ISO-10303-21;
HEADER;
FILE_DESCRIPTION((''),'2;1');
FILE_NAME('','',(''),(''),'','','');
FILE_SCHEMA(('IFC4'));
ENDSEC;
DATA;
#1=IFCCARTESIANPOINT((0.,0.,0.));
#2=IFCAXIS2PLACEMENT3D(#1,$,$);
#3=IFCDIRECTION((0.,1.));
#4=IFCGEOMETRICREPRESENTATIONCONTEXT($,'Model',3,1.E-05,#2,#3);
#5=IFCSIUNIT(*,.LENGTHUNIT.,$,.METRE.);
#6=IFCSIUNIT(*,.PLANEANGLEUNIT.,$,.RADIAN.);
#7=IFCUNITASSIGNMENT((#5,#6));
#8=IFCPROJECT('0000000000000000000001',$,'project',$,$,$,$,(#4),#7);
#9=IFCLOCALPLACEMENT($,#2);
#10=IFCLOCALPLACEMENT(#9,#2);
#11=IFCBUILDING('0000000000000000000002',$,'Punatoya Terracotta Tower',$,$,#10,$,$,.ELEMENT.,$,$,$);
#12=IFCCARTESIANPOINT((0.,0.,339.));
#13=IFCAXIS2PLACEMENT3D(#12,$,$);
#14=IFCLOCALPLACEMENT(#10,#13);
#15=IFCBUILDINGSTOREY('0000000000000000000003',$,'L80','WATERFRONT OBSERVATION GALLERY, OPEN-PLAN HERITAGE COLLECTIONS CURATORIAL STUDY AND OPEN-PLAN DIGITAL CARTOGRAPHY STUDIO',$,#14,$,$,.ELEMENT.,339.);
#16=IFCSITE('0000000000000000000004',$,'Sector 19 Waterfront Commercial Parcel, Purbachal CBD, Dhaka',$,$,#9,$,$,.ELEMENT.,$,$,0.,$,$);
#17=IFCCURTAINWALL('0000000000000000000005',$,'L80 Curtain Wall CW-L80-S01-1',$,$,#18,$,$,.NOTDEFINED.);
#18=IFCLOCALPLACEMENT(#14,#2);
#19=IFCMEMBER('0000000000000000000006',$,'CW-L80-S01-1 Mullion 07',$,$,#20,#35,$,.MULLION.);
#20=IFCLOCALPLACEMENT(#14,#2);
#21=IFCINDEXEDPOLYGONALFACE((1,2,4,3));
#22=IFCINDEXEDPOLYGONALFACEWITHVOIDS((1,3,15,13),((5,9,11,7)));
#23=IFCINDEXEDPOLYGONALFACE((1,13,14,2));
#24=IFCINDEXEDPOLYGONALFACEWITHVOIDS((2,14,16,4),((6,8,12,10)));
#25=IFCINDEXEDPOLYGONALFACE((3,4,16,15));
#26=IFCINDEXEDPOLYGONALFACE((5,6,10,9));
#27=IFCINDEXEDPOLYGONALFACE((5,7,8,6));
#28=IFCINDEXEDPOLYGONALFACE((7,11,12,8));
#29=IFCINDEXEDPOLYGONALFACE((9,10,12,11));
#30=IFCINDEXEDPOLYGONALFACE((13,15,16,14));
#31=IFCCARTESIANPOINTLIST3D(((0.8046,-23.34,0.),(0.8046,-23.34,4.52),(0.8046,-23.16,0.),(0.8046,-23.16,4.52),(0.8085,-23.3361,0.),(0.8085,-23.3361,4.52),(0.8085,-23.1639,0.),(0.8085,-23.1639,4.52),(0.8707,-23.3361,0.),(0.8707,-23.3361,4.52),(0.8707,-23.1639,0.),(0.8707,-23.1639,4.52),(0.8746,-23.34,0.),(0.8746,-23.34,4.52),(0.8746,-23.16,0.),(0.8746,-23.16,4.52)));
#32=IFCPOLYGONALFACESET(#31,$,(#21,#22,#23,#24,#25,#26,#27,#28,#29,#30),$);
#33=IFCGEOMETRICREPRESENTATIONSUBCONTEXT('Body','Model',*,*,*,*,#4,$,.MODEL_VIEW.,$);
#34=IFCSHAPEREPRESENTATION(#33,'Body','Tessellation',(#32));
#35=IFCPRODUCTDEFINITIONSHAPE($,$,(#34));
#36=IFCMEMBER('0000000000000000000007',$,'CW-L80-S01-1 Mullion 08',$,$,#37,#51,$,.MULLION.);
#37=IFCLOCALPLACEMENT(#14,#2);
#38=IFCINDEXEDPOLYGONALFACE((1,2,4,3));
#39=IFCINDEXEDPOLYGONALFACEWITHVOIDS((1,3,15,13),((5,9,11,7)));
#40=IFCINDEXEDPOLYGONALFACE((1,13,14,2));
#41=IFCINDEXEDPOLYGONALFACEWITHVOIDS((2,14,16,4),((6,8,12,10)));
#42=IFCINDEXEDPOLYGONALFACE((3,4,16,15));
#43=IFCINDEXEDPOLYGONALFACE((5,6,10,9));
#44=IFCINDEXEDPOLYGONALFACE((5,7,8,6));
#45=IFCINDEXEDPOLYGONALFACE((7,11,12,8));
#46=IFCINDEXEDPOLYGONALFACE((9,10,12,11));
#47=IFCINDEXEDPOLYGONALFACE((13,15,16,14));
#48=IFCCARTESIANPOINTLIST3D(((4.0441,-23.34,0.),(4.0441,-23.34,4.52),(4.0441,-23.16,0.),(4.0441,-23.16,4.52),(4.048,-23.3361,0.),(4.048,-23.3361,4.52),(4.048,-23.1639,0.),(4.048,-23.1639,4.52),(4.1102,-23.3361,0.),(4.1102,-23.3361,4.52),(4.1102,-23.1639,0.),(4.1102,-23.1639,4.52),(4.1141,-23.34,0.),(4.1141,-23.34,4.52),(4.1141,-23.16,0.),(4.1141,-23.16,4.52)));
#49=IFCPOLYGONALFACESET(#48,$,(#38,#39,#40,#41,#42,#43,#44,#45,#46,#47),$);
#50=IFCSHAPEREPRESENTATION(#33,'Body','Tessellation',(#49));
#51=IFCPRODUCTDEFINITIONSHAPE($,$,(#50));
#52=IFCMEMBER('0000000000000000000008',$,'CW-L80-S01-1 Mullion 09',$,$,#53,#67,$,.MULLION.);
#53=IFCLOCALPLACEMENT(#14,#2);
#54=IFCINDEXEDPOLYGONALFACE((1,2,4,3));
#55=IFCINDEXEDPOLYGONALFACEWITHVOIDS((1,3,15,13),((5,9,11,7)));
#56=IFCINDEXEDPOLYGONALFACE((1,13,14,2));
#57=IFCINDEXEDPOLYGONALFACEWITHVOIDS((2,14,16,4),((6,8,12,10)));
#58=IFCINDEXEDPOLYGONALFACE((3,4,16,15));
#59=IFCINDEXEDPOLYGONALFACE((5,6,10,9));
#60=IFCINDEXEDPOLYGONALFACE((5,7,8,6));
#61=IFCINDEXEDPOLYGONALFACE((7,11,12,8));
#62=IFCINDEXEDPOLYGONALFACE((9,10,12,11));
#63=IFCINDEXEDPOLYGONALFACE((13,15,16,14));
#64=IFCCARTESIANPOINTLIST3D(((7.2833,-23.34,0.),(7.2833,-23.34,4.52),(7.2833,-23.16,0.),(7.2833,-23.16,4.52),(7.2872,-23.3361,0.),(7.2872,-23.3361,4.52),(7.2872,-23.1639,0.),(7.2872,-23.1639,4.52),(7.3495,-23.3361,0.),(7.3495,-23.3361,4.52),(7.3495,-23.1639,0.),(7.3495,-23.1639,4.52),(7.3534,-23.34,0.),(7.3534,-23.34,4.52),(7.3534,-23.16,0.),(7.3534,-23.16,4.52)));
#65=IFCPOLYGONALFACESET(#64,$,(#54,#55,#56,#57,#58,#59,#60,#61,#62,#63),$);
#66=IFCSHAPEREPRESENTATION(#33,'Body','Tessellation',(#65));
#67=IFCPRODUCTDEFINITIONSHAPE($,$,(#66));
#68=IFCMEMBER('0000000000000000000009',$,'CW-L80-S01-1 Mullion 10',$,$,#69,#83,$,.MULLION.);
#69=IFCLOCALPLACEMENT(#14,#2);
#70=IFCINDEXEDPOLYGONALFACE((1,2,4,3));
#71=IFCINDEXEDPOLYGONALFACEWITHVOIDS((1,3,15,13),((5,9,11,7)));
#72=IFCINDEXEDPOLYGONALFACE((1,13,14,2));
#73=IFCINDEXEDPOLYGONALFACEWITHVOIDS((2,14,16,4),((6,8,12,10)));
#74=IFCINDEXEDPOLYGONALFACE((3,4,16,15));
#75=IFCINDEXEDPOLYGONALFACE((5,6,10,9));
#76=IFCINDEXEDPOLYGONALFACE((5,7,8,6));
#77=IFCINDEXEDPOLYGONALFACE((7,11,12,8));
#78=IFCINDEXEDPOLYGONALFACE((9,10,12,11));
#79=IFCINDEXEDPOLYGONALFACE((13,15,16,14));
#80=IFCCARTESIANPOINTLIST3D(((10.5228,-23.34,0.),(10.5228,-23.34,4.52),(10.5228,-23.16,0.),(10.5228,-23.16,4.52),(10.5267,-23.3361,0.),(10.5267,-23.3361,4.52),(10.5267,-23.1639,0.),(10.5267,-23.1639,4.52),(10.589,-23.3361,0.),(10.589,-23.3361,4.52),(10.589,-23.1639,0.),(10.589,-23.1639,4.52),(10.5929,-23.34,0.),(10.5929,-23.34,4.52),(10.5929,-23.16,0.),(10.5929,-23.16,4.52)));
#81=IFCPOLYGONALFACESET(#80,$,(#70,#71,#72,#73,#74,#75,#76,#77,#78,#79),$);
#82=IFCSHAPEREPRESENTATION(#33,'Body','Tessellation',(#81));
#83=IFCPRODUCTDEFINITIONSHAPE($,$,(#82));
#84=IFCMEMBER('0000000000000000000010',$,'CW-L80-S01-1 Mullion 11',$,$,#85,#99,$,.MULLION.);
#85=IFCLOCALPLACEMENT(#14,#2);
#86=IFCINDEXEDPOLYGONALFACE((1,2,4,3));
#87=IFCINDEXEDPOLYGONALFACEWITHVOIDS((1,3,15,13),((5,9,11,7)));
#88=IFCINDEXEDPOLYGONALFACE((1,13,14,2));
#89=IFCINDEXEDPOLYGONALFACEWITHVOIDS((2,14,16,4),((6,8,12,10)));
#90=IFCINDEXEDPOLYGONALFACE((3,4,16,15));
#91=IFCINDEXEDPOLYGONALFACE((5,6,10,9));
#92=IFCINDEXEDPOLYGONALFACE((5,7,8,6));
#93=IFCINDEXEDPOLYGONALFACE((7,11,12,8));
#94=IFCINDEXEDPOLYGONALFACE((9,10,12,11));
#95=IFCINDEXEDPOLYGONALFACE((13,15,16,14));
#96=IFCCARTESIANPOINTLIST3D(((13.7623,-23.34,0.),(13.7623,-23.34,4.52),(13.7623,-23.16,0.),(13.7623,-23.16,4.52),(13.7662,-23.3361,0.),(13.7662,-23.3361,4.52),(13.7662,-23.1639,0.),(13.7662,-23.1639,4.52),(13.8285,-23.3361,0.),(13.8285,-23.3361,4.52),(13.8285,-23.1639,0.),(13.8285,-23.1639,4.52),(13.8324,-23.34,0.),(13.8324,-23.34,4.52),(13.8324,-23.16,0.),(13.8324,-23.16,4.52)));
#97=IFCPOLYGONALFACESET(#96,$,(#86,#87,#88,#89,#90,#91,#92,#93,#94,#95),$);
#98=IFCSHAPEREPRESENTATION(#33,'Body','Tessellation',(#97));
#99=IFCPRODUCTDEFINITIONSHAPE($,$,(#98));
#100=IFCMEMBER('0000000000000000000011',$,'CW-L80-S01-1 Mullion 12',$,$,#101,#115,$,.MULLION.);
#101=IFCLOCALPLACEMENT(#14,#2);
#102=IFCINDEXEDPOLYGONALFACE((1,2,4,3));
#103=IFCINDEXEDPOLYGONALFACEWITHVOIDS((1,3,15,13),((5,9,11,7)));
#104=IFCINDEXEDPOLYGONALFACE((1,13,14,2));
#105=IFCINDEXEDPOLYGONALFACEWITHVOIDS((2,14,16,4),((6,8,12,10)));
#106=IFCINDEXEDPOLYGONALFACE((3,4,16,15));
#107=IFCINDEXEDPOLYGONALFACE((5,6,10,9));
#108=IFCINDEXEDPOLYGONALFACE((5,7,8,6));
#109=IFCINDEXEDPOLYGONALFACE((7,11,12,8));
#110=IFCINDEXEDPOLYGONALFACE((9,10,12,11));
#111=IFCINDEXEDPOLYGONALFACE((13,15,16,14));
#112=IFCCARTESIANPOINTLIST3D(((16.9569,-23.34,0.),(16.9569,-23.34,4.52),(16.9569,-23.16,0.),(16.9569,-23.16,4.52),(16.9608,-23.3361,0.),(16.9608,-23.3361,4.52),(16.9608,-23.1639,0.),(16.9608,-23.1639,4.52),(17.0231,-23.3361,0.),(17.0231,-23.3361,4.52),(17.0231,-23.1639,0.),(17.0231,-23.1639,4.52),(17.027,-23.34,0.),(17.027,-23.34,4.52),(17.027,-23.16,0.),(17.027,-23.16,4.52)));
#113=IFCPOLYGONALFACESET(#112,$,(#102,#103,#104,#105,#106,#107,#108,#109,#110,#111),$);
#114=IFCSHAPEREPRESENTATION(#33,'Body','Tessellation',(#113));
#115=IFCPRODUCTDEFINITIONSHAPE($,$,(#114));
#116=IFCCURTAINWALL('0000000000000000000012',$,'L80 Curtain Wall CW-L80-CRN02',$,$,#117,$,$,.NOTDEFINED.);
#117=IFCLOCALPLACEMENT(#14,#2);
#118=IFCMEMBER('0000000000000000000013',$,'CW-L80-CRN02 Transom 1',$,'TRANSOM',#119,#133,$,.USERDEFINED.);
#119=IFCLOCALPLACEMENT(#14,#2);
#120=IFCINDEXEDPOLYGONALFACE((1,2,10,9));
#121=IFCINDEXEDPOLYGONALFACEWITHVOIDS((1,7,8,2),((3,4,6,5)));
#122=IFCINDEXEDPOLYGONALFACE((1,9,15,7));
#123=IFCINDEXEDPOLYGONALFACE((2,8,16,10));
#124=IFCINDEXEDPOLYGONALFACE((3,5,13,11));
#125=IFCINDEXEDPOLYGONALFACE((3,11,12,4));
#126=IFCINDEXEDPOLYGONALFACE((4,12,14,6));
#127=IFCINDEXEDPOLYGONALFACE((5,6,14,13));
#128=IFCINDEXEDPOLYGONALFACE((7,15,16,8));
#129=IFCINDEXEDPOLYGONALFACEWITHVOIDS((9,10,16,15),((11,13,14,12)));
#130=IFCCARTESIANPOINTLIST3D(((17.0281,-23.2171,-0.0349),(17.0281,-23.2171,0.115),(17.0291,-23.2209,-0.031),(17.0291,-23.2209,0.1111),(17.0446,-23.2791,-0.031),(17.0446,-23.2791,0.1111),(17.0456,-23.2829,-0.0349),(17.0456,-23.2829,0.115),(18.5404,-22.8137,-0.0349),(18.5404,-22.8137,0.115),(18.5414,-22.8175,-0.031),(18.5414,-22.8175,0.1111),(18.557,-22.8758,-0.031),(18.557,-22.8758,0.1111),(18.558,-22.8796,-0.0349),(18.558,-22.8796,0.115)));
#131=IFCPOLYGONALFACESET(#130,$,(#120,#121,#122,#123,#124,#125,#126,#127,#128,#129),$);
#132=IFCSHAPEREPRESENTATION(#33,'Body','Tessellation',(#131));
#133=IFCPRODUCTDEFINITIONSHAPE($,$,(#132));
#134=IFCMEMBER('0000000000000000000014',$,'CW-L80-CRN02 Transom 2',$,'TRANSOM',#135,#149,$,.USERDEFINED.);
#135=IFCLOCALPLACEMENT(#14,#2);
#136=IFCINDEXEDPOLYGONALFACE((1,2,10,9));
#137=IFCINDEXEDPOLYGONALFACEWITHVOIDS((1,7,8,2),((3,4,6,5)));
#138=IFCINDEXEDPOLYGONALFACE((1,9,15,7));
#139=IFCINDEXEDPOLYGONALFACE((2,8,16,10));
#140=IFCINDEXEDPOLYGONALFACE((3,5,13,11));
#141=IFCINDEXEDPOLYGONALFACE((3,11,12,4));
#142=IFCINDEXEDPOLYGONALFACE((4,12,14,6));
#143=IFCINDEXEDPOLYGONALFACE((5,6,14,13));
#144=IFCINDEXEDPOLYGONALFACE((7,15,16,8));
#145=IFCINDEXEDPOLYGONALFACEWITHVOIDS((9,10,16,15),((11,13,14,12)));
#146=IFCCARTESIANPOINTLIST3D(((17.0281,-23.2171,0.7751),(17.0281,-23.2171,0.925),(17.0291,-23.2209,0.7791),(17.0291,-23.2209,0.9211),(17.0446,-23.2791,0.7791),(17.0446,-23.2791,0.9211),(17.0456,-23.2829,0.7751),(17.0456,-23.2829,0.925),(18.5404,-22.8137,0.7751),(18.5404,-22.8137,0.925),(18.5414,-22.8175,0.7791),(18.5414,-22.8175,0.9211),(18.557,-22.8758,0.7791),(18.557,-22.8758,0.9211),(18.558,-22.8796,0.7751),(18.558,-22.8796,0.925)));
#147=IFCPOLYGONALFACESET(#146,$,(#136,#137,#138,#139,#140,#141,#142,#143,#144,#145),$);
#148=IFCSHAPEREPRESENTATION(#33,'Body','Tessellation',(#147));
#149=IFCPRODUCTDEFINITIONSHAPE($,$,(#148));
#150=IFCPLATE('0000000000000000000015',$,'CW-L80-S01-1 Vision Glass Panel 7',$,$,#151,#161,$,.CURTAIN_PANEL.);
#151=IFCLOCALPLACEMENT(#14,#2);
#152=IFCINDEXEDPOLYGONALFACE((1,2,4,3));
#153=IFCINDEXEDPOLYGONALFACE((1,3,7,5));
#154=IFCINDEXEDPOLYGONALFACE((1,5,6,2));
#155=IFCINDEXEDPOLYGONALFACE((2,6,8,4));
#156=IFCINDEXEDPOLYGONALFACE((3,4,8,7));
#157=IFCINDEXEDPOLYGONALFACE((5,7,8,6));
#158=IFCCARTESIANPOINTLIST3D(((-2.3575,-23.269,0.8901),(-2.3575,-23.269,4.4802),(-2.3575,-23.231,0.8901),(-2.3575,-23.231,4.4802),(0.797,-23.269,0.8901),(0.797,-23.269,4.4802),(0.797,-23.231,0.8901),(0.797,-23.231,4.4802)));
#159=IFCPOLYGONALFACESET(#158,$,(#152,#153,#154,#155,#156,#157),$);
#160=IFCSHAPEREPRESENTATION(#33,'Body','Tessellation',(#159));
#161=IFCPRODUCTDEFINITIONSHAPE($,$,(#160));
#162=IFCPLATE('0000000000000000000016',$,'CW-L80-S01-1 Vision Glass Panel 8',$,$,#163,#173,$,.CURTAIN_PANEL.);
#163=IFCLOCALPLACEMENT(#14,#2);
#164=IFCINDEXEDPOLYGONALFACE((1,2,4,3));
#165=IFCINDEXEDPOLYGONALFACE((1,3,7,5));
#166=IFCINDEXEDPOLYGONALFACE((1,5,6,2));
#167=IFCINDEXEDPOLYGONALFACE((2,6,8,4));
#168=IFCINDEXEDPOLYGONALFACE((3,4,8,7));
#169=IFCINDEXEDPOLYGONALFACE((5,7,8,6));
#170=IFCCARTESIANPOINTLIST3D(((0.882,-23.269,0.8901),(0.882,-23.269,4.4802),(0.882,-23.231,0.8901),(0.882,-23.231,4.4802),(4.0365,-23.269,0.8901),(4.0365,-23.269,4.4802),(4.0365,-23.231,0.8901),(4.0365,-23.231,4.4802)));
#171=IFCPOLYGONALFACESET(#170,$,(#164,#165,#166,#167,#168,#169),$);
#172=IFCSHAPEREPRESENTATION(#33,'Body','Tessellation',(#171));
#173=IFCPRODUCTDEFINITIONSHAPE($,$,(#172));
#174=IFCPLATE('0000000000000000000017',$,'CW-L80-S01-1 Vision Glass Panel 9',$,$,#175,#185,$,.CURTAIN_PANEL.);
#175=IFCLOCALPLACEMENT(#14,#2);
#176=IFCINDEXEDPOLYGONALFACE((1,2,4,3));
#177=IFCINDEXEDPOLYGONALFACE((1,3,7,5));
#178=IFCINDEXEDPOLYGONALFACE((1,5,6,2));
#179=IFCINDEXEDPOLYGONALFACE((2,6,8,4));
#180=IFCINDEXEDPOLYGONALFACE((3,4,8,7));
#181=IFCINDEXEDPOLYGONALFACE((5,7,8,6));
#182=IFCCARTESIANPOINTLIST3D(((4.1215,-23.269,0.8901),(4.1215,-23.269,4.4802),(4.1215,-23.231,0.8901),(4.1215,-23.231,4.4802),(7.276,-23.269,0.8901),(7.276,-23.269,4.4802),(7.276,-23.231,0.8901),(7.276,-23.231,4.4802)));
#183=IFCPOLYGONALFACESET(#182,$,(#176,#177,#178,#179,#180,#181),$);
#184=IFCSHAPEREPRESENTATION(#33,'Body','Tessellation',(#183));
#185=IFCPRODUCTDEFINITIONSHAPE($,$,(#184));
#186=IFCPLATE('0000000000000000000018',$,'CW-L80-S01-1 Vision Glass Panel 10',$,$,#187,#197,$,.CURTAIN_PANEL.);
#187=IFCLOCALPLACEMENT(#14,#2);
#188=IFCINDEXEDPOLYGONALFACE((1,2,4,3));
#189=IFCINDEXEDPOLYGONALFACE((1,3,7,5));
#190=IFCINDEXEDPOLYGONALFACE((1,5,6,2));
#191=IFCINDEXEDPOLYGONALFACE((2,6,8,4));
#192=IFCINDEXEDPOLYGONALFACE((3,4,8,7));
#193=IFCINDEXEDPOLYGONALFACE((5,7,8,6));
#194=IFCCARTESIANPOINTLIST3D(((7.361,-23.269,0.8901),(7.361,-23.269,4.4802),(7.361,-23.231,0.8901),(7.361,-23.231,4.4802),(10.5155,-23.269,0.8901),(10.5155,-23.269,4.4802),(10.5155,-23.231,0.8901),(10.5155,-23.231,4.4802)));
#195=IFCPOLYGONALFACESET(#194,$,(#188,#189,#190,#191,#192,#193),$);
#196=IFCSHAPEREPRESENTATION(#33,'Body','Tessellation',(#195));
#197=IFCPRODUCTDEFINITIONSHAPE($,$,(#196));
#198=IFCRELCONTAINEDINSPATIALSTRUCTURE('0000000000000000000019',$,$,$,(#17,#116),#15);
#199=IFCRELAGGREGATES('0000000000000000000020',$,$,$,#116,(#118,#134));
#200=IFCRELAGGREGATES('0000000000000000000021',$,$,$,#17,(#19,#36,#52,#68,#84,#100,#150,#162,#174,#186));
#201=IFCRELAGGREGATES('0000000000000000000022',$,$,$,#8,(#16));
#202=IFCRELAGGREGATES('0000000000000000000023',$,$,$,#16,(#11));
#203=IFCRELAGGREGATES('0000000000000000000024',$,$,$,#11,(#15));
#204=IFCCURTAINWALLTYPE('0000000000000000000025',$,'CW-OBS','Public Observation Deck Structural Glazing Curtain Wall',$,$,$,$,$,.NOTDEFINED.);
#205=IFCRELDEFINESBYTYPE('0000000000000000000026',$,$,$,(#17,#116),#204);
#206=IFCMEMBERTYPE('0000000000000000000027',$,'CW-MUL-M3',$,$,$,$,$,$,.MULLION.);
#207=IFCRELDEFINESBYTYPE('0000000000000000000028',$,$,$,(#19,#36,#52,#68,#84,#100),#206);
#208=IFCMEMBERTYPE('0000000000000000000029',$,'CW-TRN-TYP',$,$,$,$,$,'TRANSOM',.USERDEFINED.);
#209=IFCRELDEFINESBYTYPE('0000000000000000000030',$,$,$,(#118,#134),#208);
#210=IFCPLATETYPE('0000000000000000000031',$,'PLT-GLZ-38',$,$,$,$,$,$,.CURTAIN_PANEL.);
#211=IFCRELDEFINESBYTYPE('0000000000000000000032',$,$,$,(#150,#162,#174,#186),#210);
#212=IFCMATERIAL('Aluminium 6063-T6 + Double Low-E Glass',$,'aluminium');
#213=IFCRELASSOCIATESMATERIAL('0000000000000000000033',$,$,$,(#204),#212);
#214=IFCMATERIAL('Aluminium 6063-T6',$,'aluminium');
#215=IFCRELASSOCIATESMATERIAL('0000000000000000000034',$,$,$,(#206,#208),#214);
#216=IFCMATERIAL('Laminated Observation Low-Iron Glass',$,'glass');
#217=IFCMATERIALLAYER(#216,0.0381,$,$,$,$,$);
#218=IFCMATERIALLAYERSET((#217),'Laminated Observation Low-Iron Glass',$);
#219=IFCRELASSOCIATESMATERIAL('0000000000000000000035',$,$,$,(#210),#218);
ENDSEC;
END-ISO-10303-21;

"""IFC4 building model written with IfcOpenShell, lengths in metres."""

from ifc_helpers import new_model, si_unit, direction, frame, origin, origin_2d, place, context, subcontext, project, spatial, rectangle, hollow_rectangle, extrude, material, layer, layer_set, material_profile, profile_set, type_object, element, aggregate, save


model = new_model("IFC4")

# Units and contexts
model_context = context("Model", 3, precision=1e-05, world=origin(), true_north=direction((0.0, 1.0)))
body_context = subcontext(model_context, "Body", "Model", "MODEL_VIEW")
ifc_project = project(units=[si_unit("LENGTHUNIT", "METRE"), si_unit("PLANEANGLEUNIT", "RADIAN")], contexts=[model_context])

# Site, building, storey
site_placement = place(None, origin())
site = spatial("IfcSite", under=ifc_project, at=site_placement, Name="Sector 19 Waterfront Commercial Parcel, Purbachal CBD, Dhaka", CompositionType="ELEMENT", RefElevation=0.0)
building_placement = place(site_placement, origin())
building = spatial("IfcBuilding", under=site, at=building_placement, Name="Punatoya Terracotta Tower", CompositionType="ELEMENT")
storey_placement = place(building_placement, frame((0.0, 0.0, 339.0)))
storey = spatial("IfcBuildingStorey", under=building, at=storey_placement, Name="L80", Description="WATERFRONT OBSERVATION GALLERY, OPEN-PLAN HERITAGE COLLECTIONS CURATORIAL STUDY AND OPEN-PLAN DIGITAL CARTOGRAPHY STUDIO", CompositionType="ELEMENT", Elevation=339.0)

# Curtain walls, members
ifc_material_1 = material(Name="Aluminium 6063-T6 + Double Low-E Glass", Category="aluminium")
curtain_wall_type = type_object("IfcCurtainWallType", Name="CW-OBS", Description="Public Observation Deck Structural Glazing Curtain Wall", PredefinedType="NOTDEFINED", material=ifc_material_1)
curtain_wall_1_placement = place(storey_placement, origin())
curtain_wall_1 = element("IfcCurtainWall", 1, at=curtain_wall_1_placement, inside=storey, type_object=curtain_wall_type, Name="L80 Curtain Wall CW-L80-S01-1", PredefinedType="NOTDEFINED")
ifc_material_2 = material(Name="Aluminium 6063-T6", Category="aluminium")
ifc_material_profile_1 = material_profile(ifc_material_2, hollow_rectangle(XDim=0.0701, YDim=0.1799, WallThickness=0.0039, at=origin_2d()))
ifc_profile_set_1 = profile_set([ifc_material_profile_1], Name="Aluminium 6063-T6")
member_type_1 = type_object("IfcMemberType", Name="CW-MUL-M3", PredefinedType="MULLION", material=ifc_profile_set_1)
member_1_placement = place(storey_placement, frame((0.8396, -23.25, 0.0), z_axis=(0.0, 0.0, 1.0), x_axis=(1.0, 0.0, 0.0)))
member_1 = element("IfcMember", 2, at=member_1_placement, type_object=member_type_1, Name="CW-L80-S01-1 Mullion 07", PredefinedType="MULLION", context=body_context, shape_type="SweptSolid", body=[
    extrude(hollow_rectangle(XDim=0.0701, YDim=0.1799, WallThickness=0.0039, at=origin_2d()), origin(), (0.0, 0.0, 1.0), 4.52),
])
member_2_placement = place(storey_placement, frame((4.0791, -23.25, 0.0), z_axis=(0.0, 0.0, 1.0), x_axis=(1.0, 0.0, 0.0)))
member_2 = element("IfcMember", 3, at=member_2_placement, type_object=member_type_1, Name="CW-L80-S01-1 Mullion 08", PredefinedType="MULLION", context=body_context, shape_type="SweptSolid", body=[
    extrude(hollow_rectangle(XDim=0.0701, YDim=0.1799, WallThickness=0.0039, at=origin_2d()), origin(), (0.0, 0.0, 1.0), 4.52),
])
member_3_placement = place(storey_placement, frame((7.3184, -23.25, 0.0), z_axis=(0.0, 0.0, 1.0), x_axis=(1.0, 0.0, 0.0)))
member_3 = element("IfcMember", 4, at=member_3_placement, type_object=member_type_1, Name="CW-L80-S01-1 Mullion 09", PredefinedType="MULLION", context=body_context, shape_type="SweptSolid", body=[
    extrude(hollow_rectangle(XDim=0.0701, YDim=0.1799, WallThickness=0.0039, at=origin_2d()), origin(), (0.0, 0.0, 1.0), 4.52),
])
member_4_placement = place(storey_placement, frame((10.5579, -23.25, 0.0), z_axis=(0.0, 0.0, 1.0), x_axis=(1.0, 0.0, 0.0)))
member_4 = element("IfcMember", 5, at=member_4_placement, type_object=member_type_1, Name="CW-L80-S01-1 Mullion 10", PredefinedType="MULLION", context=body_context, shape_type="SweptSolid", body=[
    extrude(hollow_rectangle(XDim=0.0701, YDim=0.1799, WallThickness=0.0039, at=origin_2d()), origin(), (0.0, 0.0, 1.0), 4.52),
])
member_5_placement = place(storey_placement, frame((13.7974, -23.25, 0.0), z_axis=(0.0, 0.0, 1.0), x_axis=(1.0, 0.0, 0.0)))
member_5 = element("IfcMember", 6, at=member_5_placement, type_object=member_type_1, Name="CW-L80-S01-1 Mullion 11", PredefinedType="MULLION", context=body_context, shape_type="SweptSolid", body=[
    extrude(hollow_rectangle(XDim=0.0701, YDim=0.1799, WallThickness=0.0039, at=origin_2d()), origin(), (0.0, 0.0, 1.0), 4.52),
])
member_6_placement = place(storey_placement, frame((16.9919, -23.25, 0.0), z_axis=(0.0, 0.0, 1.0), x_axis=(1.0, 0.0, 0.0)))
member_6 = element("IfcMember", 7, at=member_6_placement, type_object=member_type_1, Name="CW-L80-S01-1 Mullion 12", PredefinedType="MULLION", context=body_context, shape_type="SweptSolid", body=[
    extrude(hollow_rectangle(XDim=0.0701, YDim=0.1799, WallThickness=0.0039, at=origin_2d()), origin(), (0.0, 0.0, 1.0), 4.52),
])
curtain_wall_2_placement = place(storey_placement, origin())
curtain_wall_2 = element("IfcCurtainWall", 8, at=curtain_wall_2_placement, inside=storey, type_object=curtain_wall_type, Name="L80 Curtain Wall CW-L80-CRN02", PredefinedType="NOTDEFINED")
ifc_material_profile_2 = material_profile(ifc_material_2, hollow_rectangle(XDim=0.0681, YDim=0.1499, WallThickness=0.0039, at=origin_2d()))
ifc_profile_set_2 = profile_set([ifc_material_profile_2], Name="Aluminium 6063-T6")
member_type_2 = type_object("IfcMemberType", Name="CW-TRN-TYP", ElementType="TRANSOM", PredefinedType="USERDEFINED", material=ifc_profile_set_2)
member_7_placement = place(storey_placement, frame((17.0369, -23.25, 0.04), z_axis=(0.966225, 0.257701, 0.0), x_axis=(-0.257701, 0.966225, 0.0)))
member_7 = element("IfcMember", 9, at=member_7_placement, type_object=member_type_2, Name="CW-L80-CRN02 Transom 1", ObjectType="TRANSOM", PredefinedType="USERDEFINED", context=body_context, shape_type="SweptSolid", body=[
    extrude(hollow_rectangle(XDim=0.0681, YDim=0.1499, WallThickness=0.0039, at=origin_2d()), origin(), (0.0, 0.0, 1.0), 1.5652),
])
member_8_placement = place(storey_placement, frame((17.0369, -23.25, 0.8501), z_axis=(0.966225, 0.257701, 0.0), x_axis=(-0.257701, 0.966225, 0.0)))
member_8 = element("IfcMember", 10, at=member_8_placement, type_object=member_type_2, Name="CW-L80-CRN02 Transom 2", ObjectType="TRANSOM", PredefinedType="USERDEFINED", context=body_context, shape_type="SweptSolid", body=[
    extrude(hollow_rectangle(XDim=0.0681, YDim=0.1499, WallThickness=0.0039, at=origin_2d()), origin(), (0.0, 0.0, 1.0), 1.5652),
])
aggregate(curtain_wall_2, [member_7, member_8])

# Plates
ifc_material_3 = material(Name="Laminated Observation Low-Iron Glass", Category="glass")
ifc_layer_1 = layer(ifc_material_3, 0.0381)
ifc_layer_set_1 = layer_set([ifc_layer_1], Name="Laminated Observation Low-Iron Glass")
plate_type_1 = type_object("IfcPlateType", Name="PLT-GLZ-38", PredefinedType="CURTAIN_PANEL", material=ifc_layer_set_1)
plate_1_placement = place(storey_placement, frame((-0.7803, -23.25, 0.8901), z_axis=(0.0, 0.0, 1.0), x_axis=(1.0, 0.0, 0.0)))
plate_1 = element("IfcPlate", 11, at=plate_1_placement, type_object=plate_type_1, Name="CW-L80-S01-1 Vision Glass Panel 7", PredefinedType="CURTAIN_PANEL", context=body_context, shape_type="SweptSolid", body=[
    extrude(rectangle(XDim=3.1545, YDim=0.0381, at=origin_2d()), origin(), (0.0, 0.0, 1.0), 3.5901),
])
plate_2_placement = place(storey_placement, frame((2.4592, -23.25, 0.8901), z_axis=(0.0, 0.0, 1.0), x_axis=(1.0, 0.0, 0.0)))
plate_2 = element("IfcPlate", 12, at=plate_2_placement, type_object=plate_type_1, Name="CW-L80-S01-1 Vision Glass Panel 8", PredefinedType="CURTAIN_PANEL", context=body_context, shape_type="SweptSolid", body=[
    extrude(rectangle(XDim=3.1545, YDim=0.0381, at=origin_2d()), origin(), (0.0, 0.0, 1.0), 3.5901),
])
plate_3_placement = place(storey_placement, frame((5.6987, -23.25, 0.8901), z_axis=(0.0, 0.0, 1.0), x_axis=(1.0, 0.0, 0.0)))
plate_3 = element("IfcPlate", 13, at=plate_3_placement, type_object=plate_type_1, Name="CW-L80-S01-1 Vision Glass Panel 9", PredefinedType="CURTAIN_PANEL", context=body_context, shape_type="SweptSolid", body=[
    extrude(rectangle(XDim=3.1545, YDim=0.0381, at=origin_2d()), origin(), (0.0, 0.0, 1.0), 3.5901),
])
plate_4_placement = place(storey_placement, frame((8.9382, -23.25, 0.8901), z_axis=(0.0, 0.0, 1.0), x_axis=(1.0, 0.0, 0.0)))
plate_4 = element("IfcPlate", 14, at=plate_4_placement, type_object=plate_type_1, Name="CW-L80-S01-1 Vision Glass Panel 10", PredefinedType="CURTAIN_PANEL", context=body_context, shape_type="SweptSolid", body=[
    extrude(rectangle(XDim=3.1545, YDim=0.0381, at=origin_2d()), origin(), (0.0, 0.0, 1.0), 3.5901),
])
aggregate(curtain_wall_1, [member_1, member_2, member_3, member_4, member_5, member_6, plate_1, plate_2, plate_3, plate_4])

save(model, "model.ifc")
